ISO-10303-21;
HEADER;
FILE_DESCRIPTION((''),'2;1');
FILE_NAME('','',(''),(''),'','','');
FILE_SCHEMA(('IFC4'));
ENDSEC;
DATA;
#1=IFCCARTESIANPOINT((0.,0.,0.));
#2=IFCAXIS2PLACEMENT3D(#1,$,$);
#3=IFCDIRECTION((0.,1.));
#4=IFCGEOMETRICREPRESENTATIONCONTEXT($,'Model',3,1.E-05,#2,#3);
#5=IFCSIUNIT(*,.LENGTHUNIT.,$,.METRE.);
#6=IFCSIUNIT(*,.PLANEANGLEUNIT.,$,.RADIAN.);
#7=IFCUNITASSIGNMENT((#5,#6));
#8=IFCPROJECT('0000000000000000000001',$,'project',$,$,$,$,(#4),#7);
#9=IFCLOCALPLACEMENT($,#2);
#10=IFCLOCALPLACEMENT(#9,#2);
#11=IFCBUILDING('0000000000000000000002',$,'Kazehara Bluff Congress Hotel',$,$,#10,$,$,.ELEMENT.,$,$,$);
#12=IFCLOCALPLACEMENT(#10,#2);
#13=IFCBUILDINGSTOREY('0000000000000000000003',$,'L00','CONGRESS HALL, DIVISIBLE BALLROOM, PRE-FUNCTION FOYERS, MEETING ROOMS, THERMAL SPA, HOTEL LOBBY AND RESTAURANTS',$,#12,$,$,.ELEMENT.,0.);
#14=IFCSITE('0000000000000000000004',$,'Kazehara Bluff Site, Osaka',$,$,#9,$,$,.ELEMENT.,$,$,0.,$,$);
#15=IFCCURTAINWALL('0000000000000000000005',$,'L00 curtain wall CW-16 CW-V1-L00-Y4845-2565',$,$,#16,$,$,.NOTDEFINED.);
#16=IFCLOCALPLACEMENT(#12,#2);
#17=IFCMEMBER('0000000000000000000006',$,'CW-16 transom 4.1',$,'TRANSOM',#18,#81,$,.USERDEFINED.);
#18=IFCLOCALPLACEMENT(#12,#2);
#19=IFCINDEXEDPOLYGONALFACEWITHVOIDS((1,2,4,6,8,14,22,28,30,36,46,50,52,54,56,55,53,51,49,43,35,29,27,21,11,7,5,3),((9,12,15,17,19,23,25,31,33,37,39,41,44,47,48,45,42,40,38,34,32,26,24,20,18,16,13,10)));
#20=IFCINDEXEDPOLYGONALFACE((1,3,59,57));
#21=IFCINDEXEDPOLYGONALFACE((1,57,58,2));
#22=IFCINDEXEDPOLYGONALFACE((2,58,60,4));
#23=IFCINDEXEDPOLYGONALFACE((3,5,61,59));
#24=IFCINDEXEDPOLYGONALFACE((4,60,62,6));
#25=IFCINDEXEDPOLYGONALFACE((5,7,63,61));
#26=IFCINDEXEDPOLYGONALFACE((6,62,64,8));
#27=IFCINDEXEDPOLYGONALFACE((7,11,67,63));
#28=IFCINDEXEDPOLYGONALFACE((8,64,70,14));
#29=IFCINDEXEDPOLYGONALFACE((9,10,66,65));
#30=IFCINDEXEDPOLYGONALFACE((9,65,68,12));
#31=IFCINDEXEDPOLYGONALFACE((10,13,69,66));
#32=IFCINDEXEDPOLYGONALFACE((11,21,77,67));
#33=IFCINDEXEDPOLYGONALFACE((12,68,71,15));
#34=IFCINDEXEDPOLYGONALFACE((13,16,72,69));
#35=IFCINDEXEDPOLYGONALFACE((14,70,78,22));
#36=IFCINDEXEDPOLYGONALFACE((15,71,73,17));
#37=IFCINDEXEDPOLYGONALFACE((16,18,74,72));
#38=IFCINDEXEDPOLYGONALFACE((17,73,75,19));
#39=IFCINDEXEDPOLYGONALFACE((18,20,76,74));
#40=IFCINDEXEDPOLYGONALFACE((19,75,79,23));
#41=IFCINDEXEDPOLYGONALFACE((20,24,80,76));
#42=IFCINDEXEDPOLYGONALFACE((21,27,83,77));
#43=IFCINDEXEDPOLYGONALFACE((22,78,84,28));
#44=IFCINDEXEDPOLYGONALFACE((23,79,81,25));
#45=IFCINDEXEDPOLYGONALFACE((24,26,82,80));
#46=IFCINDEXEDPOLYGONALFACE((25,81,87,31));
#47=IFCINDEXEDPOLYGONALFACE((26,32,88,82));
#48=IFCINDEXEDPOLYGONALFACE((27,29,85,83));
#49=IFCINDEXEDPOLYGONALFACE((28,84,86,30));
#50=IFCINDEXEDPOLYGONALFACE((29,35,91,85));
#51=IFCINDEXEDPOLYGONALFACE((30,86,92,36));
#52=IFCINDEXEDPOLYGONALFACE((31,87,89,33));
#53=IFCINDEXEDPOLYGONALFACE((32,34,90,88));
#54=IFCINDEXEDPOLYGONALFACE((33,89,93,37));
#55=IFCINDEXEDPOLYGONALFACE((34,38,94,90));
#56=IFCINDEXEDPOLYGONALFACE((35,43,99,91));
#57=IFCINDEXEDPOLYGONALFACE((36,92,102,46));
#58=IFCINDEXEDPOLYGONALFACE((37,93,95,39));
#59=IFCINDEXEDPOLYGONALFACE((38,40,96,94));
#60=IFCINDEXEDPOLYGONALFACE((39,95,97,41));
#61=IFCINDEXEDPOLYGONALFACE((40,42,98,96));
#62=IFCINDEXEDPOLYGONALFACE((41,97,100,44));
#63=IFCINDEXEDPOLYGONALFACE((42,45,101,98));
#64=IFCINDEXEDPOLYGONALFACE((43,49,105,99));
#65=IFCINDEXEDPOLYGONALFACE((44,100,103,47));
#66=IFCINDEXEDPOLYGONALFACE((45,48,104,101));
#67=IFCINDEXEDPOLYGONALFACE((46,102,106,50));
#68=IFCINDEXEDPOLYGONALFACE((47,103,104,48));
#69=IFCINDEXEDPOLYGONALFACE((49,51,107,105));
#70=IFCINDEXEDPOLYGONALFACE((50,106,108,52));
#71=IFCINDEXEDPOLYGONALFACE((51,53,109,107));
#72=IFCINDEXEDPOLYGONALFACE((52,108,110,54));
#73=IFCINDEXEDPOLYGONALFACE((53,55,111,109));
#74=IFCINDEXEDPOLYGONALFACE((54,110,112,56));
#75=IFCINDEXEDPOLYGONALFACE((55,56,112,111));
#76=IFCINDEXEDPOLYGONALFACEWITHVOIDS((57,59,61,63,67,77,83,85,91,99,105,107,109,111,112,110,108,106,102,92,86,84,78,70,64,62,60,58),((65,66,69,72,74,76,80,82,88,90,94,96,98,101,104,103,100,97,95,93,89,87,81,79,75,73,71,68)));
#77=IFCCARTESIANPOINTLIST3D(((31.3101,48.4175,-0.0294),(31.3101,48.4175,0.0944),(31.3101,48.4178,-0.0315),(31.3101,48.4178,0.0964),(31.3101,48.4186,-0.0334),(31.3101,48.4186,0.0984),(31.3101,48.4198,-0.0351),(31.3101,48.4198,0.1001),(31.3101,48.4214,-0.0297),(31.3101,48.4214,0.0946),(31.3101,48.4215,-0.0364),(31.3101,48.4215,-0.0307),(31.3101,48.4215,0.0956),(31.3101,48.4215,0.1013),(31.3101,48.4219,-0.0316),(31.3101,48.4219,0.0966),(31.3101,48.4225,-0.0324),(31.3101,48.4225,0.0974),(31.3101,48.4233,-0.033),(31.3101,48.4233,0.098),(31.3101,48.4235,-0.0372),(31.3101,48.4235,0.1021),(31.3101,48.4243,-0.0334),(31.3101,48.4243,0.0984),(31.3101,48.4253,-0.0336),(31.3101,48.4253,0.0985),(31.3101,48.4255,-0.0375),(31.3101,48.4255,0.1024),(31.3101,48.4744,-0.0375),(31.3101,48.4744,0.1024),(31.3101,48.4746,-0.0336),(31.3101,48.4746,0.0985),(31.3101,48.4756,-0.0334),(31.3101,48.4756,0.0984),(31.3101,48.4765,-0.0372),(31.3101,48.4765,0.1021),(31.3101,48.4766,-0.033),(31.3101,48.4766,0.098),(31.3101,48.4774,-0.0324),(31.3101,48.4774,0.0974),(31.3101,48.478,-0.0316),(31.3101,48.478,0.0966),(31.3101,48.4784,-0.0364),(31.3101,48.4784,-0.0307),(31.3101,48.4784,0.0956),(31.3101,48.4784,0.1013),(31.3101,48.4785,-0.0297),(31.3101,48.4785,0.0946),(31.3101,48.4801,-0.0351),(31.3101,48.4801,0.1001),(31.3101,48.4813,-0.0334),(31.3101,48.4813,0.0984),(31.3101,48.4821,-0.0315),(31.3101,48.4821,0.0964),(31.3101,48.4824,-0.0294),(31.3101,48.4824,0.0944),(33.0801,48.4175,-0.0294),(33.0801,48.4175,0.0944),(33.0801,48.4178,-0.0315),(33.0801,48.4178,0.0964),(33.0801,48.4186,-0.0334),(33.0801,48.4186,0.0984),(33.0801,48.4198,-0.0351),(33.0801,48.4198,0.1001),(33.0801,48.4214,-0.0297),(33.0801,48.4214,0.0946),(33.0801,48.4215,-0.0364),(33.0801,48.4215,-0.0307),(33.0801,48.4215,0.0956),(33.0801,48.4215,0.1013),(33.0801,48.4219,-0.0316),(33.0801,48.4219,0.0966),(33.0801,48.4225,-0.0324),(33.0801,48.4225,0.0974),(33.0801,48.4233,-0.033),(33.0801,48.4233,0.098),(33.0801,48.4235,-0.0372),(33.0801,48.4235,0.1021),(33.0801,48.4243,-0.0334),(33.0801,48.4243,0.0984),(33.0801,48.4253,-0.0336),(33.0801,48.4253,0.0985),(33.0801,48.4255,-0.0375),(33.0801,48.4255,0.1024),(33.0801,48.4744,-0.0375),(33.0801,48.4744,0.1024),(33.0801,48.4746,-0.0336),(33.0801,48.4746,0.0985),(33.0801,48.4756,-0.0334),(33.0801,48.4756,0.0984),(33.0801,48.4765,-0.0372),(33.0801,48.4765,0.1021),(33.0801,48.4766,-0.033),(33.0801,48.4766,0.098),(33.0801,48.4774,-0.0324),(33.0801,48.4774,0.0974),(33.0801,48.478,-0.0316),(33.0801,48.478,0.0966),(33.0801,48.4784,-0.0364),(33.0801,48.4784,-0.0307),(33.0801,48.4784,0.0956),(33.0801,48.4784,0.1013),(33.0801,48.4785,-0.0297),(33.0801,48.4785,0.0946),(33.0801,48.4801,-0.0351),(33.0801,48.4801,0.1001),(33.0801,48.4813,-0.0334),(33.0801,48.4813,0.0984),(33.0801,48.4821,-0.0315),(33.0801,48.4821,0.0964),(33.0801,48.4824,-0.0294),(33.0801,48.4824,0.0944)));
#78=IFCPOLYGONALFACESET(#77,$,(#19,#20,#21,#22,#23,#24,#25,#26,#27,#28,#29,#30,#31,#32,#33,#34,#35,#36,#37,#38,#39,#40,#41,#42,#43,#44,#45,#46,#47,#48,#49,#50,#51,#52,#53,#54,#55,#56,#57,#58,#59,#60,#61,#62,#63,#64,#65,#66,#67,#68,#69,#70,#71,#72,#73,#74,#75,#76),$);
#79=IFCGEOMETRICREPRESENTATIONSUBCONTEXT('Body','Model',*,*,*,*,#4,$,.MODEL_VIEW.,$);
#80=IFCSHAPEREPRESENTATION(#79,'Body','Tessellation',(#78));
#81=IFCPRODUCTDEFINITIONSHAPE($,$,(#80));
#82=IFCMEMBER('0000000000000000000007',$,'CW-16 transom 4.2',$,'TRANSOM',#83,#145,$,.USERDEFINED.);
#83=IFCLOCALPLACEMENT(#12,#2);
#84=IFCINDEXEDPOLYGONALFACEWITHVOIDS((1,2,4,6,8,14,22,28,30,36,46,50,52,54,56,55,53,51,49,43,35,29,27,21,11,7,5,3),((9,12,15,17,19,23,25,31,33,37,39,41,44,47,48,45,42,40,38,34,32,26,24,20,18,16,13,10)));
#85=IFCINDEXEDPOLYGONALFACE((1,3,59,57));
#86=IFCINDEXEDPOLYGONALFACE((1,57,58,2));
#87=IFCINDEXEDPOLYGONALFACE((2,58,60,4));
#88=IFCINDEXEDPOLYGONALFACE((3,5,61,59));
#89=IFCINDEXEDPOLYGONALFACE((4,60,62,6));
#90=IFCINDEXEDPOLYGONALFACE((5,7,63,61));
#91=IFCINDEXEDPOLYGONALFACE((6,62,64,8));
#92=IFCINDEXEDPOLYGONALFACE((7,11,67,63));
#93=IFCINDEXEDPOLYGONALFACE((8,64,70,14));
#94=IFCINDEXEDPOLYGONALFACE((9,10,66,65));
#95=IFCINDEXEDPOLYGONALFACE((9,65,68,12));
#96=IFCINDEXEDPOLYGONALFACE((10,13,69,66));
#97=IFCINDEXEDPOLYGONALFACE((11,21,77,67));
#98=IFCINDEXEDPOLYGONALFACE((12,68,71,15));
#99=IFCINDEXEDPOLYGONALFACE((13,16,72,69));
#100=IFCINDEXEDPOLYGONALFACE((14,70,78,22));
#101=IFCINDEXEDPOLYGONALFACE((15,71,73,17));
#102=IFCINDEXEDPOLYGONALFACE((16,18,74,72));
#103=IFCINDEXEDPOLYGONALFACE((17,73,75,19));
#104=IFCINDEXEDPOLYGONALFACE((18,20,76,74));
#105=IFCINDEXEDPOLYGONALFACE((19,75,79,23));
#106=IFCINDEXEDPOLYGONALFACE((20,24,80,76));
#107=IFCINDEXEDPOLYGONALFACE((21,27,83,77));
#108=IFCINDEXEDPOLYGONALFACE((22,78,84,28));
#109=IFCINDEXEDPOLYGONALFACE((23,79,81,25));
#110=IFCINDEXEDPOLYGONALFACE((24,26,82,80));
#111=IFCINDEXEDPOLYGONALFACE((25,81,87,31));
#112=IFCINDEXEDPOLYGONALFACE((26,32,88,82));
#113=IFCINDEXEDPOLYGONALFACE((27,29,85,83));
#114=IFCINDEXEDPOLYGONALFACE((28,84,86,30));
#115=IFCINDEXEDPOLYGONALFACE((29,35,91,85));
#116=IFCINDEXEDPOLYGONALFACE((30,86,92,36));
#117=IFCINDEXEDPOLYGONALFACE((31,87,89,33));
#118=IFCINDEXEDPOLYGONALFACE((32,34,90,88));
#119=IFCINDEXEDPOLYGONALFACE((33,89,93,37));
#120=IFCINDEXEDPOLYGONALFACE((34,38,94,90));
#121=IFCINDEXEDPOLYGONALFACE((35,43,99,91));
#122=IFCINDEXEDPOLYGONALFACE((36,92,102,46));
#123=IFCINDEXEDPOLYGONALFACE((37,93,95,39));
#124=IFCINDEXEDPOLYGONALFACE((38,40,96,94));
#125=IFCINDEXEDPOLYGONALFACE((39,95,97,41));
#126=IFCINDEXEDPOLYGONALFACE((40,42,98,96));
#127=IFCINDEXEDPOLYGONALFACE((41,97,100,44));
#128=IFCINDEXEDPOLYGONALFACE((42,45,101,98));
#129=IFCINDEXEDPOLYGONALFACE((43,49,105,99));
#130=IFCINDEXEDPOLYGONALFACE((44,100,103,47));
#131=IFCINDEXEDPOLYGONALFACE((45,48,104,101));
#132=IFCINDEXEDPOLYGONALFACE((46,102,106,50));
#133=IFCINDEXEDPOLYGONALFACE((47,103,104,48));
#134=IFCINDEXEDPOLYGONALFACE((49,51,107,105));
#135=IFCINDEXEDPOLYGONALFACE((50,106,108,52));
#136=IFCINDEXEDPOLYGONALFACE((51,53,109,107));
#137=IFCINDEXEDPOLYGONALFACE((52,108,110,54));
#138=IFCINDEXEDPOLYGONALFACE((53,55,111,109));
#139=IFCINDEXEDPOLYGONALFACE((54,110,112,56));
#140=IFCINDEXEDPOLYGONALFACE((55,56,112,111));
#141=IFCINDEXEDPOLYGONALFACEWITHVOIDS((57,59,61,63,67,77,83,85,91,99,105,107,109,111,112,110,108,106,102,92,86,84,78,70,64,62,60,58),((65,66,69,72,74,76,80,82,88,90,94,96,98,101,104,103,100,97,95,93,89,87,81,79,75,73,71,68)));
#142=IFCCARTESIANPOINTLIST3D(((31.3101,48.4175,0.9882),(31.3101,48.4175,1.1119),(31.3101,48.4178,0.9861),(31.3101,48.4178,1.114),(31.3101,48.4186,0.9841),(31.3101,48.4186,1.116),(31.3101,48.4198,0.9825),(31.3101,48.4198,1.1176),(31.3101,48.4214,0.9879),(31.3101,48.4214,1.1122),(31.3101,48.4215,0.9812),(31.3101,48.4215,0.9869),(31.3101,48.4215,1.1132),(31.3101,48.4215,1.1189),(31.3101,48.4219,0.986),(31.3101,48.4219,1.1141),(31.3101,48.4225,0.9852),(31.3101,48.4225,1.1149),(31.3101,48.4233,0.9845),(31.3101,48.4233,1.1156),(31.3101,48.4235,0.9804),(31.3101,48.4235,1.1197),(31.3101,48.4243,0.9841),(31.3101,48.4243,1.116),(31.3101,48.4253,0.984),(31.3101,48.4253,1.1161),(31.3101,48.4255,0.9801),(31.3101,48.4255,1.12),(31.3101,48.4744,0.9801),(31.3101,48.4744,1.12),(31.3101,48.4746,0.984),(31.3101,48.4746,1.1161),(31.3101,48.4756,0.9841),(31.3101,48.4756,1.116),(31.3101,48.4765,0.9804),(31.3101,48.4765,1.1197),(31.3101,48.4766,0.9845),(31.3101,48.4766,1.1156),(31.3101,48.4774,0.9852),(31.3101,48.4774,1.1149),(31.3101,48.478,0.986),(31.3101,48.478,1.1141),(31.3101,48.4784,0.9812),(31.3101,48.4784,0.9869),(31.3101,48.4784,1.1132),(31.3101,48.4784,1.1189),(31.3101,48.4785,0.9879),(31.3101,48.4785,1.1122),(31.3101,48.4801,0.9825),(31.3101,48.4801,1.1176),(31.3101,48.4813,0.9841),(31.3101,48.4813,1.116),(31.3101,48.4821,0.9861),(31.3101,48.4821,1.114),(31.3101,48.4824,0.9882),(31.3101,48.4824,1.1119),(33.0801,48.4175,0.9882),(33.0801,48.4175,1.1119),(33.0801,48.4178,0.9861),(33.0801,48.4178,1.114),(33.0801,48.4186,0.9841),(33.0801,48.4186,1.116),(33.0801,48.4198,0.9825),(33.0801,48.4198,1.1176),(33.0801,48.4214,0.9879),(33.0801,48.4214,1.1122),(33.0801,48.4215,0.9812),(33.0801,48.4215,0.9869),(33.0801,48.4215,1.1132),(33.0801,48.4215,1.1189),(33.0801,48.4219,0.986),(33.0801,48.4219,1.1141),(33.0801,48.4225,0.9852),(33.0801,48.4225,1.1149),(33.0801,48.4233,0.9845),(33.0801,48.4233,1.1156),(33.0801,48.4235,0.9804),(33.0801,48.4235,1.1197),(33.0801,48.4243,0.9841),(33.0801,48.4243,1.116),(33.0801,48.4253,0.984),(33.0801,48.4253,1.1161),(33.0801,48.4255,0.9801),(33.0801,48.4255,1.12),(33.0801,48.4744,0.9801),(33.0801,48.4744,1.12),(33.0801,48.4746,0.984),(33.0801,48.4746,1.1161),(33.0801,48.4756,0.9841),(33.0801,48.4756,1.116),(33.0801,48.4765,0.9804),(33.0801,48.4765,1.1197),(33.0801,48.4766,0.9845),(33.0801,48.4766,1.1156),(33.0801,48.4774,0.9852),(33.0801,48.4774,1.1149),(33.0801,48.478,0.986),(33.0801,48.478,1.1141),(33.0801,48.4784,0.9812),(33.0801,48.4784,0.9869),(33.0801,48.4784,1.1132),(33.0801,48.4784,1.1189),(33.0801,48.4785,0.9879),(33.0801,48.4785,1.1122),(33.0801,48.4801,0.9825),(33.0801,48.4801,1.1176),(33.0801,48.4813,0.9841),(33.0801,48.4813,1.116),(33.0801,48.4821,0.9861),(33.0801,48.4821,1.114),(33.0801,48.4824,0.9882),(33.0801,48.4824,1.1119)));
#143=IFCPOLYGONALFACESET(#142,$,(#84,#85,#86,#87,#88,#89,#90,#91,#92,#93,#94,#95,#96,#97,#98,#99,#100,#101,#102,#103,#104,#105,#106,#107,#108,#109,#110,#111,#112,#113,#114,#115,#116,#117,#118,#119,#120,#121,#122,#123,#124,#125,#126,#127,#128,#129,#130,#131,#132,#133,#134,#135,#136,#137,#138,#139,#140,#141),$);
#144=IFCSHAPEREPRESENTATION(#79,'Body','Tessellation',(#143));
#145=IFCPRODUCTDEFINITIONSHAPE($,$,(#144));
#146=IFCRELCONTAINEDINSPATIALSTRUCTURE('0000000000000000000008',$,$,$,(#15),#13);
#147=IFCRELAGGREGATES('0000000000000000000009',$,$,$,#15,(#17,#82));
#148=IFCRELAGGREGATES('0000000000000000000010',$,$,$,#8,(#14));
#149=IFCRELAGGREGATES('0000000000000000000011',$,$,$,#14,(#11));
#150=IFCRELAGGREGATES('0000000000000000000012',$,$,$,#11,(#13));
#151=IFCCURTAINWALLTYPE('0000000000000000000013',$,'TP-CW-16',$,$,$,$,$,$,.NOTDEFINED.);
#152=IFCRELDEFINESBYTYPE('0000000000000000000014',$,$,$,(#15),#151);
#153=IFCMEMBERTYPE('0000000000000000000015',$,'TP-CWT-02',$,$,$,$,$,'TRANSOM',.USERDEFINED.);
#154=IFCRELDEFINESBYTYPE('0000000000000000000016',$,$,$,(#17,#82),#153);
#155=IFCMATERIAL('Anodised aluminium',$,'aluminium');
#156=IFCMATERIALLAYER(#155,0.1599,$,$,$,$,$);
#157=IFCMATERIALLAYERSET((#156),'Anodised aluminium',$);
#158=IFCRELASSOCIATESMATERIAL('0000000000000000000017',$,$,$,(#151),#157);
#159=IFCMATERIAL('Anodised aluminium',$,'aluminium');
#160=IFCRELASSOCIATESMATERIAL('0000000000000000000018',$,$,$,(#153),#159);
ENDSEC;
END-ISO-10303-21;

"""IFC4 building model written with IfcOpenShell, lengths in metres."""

from ifc_helpers import new_model, si_unit, direction, frame, origin, origin_2d, place, context, subcontext, project, spatial, hollow_rectangle, extrude, material, layer, layer_set, material_profile, profile_set, type_object, element, aggregate, save


model = new_model("IFC4")

# Units and contexts
model_context = context("Model", 3, precision=1e-05, world=origin(), true_north=direction((0.0, 1.0)))
body_context = subcontext(model_context, "Body", "Model", "MODEL_VIEW")
ifc_project = project(units=[si_unit("LENGTHUNIT", "METRE"), si_unit("PLANEANGLEUNIT", "RADIAN")], contexts=[model_context])

# Site, building, storey
site_placement = place(None, origin())
site = spatial("IfcSite", under=ifc_project, at=site_placement, Name="Kazehara Bluff Site, Osaka", CompositionType="ELEMENT", RefElevation=0.0)
building_placement = place(site_placement, origin())
building = spatial("IfcBuilding", under=site, at=building_placement, Name="Kazehara Bluff Congress Hotel", CompositionType="ELEMENT")
storey_placement = place(building_placement, origin())
storey = spatial("IfcBuildingStorey", under=building, at=storey_placement, Name="L00", Description="CONGRESS HALL, DIVISIBLE BALLROOM, PRE-FUNCTION FOYERS, MEETING ROOMS, THERMAL SPA, HOTEL LOBBY AND RESTAURANTS", CompositionType="ELEMENT", Elevation=0.0)

# Curtain wall, members
ifc_material_1 = material(Name="Anodised aluminium", Category="aluminium")
ifc_layer_1 = layer(ifc_material_1, 0.1599)
ifc_layer_set_1 = layer_set([ifc_layer_1], Name="Anodised aluminium")
curtain_wall_type = type_object("IfcCurtainWallType", Name="TP-CW-16", PredefinedType="NOTDEFINED", material=ifc_layer_set_1)
curtain_wall_placement = place(storey_placement, origin())
curtain_wall = element("IfcCurtainWall", 1, at=curtain_wall_placement, inside=storey, type_object=curtain_wall_type, Name="L00 curtain wall CW-16 CW-V1-L00-Y4845-2565", PredefinedType="NOTDEFINED")
ifc_material_2 = material(Name="Anodised aluminium", Category="aluminium")
ifc_material_profile_1 = material_profile(ifc_material_2, hollow_rectangle(XDim=0.0649, YDim=0.1399, WallThickness=0.0039, InnerFilletRadius=0.0039, OuterFilletRadius=0.0081, at=origin_2d()))
ifc_profile_set_1 = profile_set([ifc_material_profile_1], Name="Anodised aluminium")
member_type_1 = type_object("IfcMemberType", Name="TP-CWT-02", ElementType="TRANSOM", PredefinedType="USERDEFINED", material=ifc_profile_set_1)
member_1_placement = place(storey_placement, frame((31.3101, 48.45, 0.0325), z_axis=(1.0, 0.0, 0.0), x_axis=(0.0, 1.0, 0.0)))
member_1 = element("IfcMember", 2, at=member_1_placement, type_object=member_type_1, Name="CW-16 transom 4.1", ObjectType="TRANSOM", PredefinedType="USERDEFINED", context=body_context, shape_type="SweptSolid", body=[
    extrude(hollow_rectangle(XDim=0.0649, YDim=0.1399, WallThickness=0.0039, InnerFilletRadius=0.0039, OuterFilletRadius=0.0081, at=origin_2d()), origin(), (0.0, 0.0, 1.0), 1.77),
])
member_2_placement = place(storey_placement, frame((31.3101, 48.45, 1.05), z_axis=(1.0, 0.0, 0.0), x_axis=(0.0, 1.0, 0.0)))
member_2 = element("IfcMember", 3, at=member_2_placement, type_object=member_type_1, Name="CW-16 transom 4.2", ObjectType="TRANSOM", PredefinedType="USERDEFINED", context=body_context, shape_type="SweptSolid", body=[
    extrude(hollow_rectangle(XDim=0.0649, YDim=0.1399, WallThickness=0.0039, InnerFilletRadius=0.0039, OuterFilletRadius=0.0081, at=origin_2d()), origin(), (0.0, 0.0, 1.0), 1.77),
])
aggregate(curtain_wall, [member_1, member_2])

save(model, "model.ifc")
